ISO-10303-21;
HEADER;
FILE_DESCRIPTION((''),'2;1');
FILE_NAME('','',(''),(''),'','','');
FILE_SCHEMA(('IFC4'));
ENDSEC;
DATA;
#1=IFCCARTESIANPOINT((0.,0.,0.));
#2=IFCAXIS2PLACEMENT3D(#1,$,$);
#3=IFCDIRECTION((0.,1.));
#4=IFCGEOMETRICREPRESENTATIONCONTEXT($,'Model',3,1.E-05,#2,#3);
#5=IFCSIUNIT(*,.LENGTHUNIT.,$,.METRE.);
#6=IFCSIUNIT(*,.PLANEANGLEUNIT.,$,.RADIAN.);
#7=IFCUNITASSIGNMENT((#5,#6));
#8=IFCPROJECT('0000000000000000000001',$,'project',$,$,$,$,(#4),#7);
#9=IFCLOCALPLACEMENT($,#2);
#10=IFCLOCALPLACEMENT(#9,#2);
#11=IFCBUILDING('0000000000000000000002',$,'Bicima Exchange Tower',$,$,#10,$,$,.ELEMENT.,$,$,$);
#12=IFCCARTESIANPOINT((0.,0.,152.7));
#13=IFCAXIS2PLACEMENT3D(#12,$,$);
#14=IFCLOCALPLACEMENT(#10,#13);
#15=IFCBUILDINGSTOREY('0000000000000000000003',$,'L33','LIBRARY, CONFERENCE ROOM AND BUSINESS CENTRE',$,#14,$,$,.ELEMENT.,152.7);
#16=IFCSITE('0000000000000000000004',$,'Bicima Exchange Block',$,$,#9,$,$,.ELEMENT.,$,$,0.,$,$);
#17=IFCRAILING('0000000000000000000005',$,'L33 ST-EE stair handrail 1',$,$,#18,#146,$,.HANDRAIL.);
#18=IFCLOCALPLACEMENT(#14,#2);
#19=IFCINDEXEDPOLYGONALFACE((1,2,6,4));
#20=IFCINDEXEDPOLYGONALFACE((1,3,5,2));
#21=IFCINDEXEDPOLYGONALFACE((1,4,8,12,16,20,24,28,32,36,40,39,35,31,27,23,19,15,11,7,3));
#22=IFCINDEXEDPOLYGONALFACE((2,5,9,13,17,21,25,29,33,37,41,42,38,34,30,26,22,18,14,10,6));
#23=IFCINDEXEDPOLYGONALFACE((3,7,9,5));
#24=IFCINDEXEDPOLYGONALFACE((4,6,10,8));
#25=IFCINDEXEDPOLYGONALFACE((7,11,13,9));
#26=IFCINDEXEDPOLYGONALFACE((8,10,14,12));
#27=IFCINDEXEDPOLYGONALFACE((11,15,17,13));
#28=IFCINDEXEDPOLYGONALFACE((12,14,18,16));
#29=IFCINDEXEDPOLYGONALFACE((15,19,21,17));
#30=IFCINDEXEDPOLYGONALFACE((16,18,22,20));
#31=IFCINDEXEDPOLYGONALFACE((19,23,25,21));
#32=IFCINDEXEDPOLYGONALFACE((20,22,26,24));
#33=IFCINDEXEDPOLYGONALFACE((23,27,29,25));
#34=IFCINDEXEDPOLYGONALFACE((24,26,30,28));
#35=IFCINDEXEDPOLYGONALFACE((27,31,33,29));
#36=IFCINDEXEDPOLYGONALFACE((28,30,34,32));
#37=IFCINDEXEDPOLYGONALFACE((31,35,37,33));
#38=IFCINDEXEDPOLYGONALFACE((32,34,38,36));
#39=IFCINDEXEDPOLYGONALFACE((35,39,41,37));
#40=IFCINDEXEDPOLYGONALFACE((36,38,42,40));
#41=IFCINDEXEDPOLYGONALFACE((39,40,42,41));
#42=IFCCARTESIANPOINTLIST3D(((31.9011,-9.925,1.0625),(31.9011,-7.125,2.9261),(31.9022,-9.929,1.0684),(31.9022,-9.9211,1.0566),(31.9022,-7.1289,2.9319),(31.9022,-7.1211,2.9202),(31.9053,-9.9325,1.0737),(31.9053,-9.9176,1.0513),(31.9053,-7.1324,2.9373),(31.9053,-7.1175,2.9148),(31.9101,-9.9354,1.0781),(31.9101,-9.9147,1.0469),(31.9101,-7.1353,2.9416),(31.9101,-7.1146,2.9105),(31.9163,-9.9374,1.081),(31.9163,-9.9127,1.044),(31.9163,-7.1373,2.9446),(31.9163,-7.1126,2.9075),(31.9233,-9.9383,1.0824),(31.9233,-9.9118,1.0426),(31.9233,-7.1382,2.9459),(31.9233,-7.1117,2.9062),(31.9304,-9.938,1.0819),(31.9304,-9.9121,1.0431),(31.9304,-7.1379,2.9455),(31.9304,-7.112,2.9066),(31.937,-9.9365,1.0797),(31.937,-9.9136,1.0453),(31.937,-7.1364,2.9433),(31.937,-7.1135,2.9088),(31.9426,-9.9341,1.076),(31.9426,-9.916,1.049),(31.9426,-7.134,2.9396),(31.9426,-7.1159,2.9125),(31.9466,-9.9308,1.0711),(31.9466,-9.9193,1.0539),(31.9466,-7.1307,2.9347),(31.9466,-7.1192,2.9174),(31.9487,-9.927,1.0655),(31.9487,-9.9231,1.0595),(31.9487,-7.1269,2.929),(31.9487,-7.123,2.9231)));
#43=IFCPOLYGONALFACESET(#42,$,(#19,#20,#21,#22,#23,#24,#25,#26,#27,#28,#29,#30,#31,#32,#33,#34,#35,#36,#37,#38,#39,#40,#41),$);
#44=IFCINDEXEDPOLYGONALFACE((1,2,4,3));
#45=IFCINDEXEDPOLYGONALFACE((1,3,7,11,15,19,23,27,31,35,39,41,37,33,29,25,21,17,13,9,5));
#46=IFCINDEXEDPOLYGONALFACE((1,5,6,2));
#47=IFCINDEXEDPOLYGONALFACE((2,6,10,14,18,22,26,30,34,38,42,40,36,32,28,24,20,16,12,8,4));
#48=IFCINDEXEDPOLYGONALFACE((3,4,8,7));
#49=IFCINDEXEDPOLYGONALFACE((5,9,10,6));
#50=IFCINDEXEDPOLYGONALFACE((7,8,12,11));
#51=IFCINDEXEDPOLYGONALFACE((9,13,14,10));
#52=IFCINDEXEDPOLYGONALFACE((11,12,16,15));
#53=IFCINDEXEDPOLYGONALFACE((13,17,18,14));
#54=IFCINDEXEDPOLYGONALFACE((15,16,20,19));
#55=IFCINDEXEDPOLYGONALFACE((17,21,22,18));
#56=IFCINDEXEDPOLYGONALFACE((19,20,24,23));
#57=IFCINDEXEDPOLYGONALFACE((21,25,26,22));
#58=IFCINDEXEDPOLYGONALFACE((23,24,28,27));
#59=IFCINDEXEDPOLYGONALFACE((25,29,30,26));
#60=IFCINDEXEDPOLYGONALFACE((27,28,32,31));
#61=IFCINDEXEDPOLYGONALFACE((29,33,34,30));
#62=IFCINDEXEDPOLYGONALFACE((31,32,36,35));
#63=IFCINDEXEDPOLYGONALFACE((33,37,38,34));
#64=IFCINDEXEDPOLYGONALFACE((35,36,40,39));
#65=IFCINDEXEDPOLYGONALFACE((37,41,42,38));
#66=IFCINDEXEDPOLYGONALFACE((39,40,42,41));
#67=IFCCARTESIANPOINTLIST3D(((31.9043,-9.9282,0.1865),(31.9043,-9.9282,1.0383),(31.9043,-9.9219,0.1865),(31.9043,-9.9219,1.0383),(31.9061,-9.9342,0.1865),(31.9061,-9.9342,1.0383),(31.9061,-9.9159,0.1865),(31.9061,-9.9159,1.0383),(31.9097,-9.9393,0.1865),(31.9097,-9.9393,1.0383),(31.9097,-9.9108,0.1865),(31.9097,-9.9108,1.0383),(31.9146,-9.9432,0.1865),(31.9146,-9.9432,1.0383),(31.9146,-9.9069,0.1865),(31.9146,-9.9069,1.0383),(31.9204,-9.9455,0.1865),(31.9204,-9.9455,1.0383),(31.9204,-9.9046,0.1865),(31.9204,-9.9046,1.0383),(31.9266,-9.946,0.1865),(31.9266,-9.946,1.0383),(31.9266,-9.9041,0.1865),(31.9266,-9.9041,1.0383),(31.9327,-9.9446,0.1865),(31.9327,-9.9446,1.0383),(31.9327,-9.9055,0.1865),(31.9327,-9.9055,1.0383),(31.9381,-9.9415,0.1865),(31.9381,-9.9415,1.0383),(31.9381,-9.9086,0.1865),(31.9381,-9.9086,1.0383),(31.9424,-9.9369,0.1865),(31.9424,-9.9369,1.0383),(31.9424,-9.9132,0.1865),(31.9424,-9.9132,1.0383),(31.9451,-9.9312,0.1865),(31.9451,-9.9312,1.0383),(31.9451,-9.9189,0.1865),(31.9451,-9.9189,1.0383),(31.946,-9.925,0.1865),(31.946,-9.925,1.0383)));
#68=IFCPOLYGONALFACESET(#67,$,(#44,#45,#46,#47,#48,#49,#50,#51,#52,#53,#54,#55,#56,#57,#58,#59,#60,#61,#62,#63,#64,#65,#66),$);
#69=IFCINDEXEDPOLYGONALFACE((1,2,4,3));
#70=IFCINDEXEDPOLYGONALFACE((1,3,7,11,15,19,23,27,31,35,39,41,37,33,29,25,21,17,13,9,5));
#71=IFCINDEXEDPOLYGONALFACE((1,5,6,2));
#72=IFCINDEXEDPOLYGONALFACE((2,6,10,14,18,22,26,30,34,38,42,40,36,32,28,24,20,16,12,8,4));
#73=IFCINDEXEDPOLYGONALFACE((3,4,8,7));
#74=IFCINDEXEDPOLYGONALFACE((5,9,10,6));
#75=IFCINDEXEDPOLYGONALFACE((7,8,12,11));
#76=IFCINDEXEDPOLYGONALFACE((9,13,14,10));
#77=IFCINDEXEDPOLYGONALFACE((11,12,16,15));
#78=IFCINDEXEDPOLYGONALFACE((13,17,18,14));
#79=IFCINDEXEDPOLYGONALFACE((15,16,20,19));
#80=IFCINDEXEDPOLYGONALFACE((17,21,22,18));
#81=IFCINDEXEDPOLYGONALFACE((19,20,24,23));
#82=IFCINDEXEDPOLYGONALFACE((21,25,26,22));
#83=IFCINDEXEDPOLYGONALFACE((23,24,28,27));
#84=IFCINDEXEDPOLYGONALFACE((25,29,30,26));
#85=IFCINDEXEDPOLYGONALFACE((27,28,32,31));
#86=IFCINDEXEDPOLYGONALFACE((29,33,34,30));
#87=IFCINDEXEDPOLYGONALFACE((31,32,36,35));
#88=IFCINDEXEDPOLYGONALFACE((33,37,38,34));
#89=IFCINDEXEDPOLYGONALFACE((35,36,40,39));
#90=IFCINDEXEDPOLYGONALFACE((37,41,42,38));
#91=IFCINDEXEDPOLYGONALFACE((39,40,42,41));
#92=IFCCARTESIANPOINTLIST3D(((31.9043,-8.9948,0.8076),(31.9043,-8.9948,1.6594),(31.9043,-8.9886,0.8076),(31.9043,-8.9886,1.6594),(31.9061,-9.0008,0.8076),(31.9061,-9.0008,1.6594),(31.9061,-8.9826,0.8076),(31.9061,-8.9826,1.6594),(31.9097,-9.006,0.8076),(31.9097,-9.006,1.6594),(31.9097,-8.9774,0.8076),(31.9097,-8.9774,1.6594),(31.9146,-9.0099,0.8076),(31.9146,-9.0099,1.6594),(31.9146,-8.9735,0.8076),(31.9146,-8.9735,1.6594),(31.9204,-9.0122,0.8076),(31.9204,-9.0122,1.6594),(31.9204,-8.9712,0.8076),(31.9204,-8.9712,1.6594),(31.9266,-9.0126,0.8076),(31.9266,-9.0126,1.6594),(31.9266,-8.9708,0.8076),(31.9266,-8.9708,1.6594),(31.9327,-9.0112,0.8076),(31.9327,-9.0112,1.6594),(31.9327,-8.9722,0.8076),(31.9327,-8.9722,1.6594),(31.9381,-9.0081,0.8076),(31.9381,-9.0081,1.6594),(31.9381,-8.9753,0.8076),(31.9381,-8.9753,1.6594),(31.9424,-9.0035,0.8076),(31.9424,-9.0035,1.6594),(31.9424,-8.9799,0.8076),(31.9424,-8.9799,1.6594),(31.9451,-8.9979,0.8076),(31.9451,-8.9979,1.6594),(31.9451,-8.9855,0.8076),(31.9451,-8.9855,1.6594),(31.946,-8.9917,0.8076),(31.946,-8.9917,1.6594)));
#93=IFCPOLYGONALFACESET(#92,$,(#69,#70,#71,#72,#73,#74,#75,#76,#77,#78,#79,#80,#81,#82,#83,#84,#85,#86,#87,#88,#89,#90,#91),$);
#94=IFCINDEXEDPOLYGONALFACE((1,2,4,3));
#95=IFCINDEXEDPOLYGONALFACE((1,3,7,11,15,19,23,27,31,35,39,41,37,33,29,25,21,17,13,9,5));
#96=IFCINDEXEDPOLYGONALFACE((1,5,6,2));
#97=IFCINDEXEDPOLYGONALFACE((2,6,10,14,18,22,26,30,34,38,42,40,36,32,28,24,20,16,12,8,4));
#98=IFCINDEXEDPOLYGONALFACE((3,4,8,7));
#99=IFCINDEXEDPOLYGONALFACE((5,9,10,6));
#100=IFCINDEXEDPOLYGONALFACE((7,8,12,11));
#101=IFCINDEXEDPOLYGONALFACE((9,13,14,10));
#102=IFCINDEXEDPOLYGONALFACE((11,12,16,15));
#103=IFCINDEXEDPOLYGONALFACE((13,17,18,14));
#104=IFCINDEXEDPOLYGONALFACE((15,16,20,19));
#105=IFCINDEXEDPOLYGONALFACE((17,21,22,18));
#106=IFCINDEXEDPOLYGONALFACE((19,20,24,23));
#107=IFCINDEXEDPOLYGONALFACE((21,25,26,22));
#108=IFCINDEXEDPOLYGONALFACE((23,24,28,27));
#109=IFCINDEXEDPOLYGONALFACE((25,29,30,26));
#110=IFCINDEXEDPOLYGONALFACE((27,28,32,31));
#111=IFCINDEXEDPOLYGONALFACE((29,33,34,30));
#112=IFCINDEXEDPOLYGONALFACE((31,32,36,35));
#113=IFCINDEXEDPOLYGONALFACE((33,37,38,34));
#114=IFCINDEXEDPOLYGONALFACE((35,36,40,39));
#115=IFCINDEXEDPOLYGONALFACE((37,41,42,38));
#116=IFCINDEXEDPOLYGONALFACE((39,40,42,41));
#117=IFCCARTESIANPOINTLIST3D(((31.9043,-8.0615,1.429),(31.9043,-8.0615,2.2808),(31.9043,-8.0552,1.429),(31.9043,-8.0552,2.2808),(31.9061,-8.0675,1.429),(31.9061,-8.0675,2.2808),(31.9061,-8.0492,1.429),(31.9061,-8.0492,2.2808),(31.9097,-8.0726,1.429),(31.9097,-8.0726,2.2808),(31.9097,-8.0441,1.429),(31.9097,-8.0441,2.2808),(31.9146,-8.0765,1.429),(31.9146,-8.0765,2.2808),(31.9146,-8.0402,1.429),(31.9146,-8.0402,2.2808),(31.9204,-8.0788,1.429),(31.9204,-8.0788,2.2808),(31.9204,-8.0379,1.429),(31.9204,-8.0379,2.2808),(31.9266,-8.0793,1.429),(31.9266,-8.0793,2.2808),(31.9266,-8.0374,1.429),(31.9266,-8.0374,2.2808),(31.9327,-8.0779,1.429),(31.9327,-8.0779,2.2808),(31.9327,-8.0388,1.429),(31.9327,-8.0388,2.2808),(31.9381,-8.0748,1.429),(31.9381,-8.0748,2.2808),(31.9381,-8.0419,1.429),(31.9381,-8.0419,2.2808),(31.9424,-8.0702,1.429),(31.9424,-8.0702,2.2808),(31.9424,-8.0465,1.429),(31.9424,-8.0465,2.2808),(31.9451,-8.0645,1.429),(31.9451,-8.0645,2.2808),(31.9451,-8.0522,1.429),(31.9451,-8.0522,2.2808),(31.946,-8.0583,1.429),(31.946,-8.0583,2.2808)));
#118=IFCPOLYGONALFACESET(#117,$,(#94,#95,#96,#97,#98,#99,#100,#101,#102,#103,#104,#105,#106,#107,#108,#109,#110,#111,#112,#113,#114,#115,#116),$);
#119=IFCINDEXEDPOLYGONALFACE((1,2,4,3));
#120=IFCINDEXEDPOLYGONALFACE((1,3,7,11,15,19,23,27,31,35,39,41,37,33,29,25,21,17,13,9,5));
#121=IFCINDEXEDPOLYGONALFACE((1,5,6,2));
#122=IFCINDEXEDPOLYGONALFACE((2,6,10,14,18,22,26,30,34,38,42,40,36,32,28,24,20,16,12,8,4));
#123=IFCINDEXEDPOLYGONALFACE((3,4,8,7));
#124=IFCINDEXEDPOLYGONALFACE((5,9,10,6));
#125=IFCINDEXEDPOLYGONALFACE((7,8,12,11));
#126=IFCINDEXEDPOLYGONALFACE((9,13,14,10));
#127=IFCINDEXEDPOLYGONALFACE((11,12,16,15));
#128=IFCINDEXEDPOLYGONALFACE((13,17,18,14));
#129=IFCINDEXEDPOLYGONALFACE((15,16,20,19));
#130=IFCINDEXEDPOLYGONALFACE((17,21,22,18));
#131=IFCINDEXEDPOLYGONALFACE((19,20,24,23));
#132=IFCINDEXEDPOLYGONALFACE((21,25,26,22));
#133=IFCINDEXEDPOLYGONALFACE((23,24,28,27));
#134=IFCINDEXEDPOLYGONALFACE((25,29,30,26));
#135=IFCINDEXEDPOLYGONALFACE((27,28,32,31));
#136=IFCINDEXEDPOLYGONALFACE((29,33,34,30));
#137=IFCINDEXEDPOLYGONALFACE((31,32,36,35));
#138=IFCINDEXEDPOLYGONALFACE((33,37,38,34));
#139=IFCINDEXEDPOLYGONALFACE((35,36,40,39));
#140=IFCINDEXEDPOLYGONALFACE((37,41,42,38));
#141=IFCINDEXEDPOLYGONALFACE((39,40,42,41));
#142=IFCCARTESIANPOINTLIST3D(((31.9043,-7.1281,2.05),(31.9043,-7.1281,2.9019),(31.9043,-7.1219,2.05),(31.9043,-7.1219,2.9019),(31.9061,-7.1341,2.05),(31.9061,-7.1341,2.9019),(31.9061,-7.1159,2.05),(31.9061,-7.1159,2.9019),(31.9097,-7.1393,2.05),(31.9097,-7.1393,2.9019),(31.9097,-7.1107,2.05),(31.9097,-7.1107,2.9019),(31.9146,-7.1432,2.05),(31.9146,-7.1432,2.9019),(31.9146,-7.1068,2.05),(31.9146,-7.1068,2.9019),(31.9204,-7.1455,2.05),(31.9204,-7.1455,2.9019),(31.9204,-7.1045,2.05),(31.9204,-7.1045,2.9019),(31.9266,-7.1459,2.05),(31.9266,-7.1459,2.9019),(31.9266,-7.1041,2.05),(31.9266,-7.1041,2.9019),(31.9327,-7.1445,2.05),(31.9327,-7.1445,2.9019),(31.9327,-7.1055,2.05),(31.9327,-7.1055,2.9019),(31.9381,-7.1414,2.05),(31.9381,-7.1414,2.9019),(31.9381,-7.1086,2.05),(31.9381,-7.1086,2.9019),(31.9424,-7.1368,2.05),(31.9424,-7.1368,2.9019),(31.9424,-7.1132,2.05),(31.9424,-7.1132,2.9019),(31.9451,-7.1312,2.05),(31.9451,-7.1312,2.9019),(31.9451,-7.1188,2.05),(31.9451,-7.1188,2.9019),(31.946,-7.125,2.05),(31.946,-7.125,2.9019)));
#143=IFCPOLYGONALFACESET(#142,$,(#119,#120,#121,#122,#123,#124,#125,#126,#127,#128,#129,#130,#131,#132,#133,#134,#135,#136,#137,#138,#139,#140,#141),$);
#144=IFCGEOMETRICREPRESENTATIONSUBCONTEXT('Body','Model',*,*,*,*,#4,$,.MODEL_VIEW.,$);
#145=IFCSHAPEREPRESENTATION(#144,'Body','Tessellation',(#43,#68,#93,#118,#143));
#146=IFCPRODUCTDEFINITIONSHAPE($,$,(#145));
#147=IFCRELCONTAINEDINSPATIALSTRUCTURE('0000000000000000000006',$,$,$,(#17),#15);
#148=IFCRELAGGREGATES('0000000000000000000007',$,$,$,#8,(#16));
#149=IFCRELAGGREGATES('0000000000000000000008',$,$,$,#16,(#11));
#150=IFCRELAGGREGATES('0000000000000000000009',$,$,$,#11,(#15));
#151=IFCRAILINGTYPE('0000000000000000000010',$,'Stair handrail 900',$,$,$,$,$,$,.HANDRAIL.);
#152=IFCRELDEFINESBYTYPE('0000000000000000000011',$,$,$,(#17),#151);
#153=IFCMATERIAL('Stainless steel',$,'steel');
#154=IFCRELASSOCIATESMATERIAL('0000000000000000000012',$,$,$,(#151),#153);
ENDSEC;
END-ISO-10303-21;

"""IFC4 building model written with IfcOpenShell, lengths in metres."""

from ifc_helpers import new_model, si_unit, direction, frame, origin, origin_2d, place, context, subcontext, project, spatial, circle, extrude, material, type_object, element, save


model = new_model("IFC4")

# Units and contexts
model_context = context("Model", 3, precision=1e-05, world=origin(), true_north=direction((0.0, 1.0)))
body_context = subcontext(model_context, "Body", "Model", "MODEL_VIEW")
ifc_project = project(units=[si_unit("LENGTHUNIT", "METRE"), si_unit("PLANEANGLEUNIT", "RADIAN")], contexts=[model_context])

# Site, building, storey
site_placement = place(None, origin())
site = spatial("IfcSite", under=ifc_project, at=site_placement, Name="Bicima Exchange Block", CompositionType="ELEMENT", RefElevation=0.0)
building_placement = place(site_placement, origin())
building = spatial("IfcBuilding", under=site, at=building_placement, Name="Bicima Exchange Tower", CompositionType="ELEMENT")
storey_placement = place(building_placement, frame((0.0, 0.0, 152.7)))
storey = spatial("IfcBuildingStorey", under=building, at=storey_placement, Name="L33", Description="LIBRARY, CONFERENCE ROOM AND BUSINESS CENTRE", CompositionType="ELEMENT", Elevation=152.7)

# Railing
ifc_material_1 = material(Name="Stainless steel", Category="steel")
railing_type = type_object("IfcRailingType", Name="Stair handrail 900", PredefinedType="HANDRAIL", material=ifc_material_1)
railing_placement = place(storey_placement, frame((31.925, -9.925, 0.1865)))
element("IfcRailing", 1, at=railing_placement, inside=storey, type_object=railing_type, Name="L33 ST-EE stair handrail 1", PredefinedType="HANDRAIL", context=body_context, shape_type="SweptSolid", body=[
    extrude(circle(Radius=0.0239, at=origin_2d()), frame((0.0, 0.0, 0.876), z_axis=(0.0, 0.832486, 0.554047), x_axis=(-1.0, 0.0, 0.0)), (0.0, 0.0, 1.0), 3.3635),
    extrude(circle(Radius=0.021, at=origin_2d()), origin(), (0.0, 0.0, 1.0), 0.8518),
    extrude(circle(Radius=0.021, at=origin_2d()), frame((0.0, 0.9333, 0.6211)), (0.0, 0.0, 1.0), 0.8518),
    extrude(circle(Radius=0.021, at=origin_2d()), frame((0.0, 1.8667, 1.2424)), (0.0, 0.0, 1.0), 0.8518),
    extrude(circle(Radius=0.021, at=origin_2d()), frame((0.0, 2.8, 1.8635)), (0.0, 0.0, 1.0), 0.8518),
])

save(model, "model.ifc")
